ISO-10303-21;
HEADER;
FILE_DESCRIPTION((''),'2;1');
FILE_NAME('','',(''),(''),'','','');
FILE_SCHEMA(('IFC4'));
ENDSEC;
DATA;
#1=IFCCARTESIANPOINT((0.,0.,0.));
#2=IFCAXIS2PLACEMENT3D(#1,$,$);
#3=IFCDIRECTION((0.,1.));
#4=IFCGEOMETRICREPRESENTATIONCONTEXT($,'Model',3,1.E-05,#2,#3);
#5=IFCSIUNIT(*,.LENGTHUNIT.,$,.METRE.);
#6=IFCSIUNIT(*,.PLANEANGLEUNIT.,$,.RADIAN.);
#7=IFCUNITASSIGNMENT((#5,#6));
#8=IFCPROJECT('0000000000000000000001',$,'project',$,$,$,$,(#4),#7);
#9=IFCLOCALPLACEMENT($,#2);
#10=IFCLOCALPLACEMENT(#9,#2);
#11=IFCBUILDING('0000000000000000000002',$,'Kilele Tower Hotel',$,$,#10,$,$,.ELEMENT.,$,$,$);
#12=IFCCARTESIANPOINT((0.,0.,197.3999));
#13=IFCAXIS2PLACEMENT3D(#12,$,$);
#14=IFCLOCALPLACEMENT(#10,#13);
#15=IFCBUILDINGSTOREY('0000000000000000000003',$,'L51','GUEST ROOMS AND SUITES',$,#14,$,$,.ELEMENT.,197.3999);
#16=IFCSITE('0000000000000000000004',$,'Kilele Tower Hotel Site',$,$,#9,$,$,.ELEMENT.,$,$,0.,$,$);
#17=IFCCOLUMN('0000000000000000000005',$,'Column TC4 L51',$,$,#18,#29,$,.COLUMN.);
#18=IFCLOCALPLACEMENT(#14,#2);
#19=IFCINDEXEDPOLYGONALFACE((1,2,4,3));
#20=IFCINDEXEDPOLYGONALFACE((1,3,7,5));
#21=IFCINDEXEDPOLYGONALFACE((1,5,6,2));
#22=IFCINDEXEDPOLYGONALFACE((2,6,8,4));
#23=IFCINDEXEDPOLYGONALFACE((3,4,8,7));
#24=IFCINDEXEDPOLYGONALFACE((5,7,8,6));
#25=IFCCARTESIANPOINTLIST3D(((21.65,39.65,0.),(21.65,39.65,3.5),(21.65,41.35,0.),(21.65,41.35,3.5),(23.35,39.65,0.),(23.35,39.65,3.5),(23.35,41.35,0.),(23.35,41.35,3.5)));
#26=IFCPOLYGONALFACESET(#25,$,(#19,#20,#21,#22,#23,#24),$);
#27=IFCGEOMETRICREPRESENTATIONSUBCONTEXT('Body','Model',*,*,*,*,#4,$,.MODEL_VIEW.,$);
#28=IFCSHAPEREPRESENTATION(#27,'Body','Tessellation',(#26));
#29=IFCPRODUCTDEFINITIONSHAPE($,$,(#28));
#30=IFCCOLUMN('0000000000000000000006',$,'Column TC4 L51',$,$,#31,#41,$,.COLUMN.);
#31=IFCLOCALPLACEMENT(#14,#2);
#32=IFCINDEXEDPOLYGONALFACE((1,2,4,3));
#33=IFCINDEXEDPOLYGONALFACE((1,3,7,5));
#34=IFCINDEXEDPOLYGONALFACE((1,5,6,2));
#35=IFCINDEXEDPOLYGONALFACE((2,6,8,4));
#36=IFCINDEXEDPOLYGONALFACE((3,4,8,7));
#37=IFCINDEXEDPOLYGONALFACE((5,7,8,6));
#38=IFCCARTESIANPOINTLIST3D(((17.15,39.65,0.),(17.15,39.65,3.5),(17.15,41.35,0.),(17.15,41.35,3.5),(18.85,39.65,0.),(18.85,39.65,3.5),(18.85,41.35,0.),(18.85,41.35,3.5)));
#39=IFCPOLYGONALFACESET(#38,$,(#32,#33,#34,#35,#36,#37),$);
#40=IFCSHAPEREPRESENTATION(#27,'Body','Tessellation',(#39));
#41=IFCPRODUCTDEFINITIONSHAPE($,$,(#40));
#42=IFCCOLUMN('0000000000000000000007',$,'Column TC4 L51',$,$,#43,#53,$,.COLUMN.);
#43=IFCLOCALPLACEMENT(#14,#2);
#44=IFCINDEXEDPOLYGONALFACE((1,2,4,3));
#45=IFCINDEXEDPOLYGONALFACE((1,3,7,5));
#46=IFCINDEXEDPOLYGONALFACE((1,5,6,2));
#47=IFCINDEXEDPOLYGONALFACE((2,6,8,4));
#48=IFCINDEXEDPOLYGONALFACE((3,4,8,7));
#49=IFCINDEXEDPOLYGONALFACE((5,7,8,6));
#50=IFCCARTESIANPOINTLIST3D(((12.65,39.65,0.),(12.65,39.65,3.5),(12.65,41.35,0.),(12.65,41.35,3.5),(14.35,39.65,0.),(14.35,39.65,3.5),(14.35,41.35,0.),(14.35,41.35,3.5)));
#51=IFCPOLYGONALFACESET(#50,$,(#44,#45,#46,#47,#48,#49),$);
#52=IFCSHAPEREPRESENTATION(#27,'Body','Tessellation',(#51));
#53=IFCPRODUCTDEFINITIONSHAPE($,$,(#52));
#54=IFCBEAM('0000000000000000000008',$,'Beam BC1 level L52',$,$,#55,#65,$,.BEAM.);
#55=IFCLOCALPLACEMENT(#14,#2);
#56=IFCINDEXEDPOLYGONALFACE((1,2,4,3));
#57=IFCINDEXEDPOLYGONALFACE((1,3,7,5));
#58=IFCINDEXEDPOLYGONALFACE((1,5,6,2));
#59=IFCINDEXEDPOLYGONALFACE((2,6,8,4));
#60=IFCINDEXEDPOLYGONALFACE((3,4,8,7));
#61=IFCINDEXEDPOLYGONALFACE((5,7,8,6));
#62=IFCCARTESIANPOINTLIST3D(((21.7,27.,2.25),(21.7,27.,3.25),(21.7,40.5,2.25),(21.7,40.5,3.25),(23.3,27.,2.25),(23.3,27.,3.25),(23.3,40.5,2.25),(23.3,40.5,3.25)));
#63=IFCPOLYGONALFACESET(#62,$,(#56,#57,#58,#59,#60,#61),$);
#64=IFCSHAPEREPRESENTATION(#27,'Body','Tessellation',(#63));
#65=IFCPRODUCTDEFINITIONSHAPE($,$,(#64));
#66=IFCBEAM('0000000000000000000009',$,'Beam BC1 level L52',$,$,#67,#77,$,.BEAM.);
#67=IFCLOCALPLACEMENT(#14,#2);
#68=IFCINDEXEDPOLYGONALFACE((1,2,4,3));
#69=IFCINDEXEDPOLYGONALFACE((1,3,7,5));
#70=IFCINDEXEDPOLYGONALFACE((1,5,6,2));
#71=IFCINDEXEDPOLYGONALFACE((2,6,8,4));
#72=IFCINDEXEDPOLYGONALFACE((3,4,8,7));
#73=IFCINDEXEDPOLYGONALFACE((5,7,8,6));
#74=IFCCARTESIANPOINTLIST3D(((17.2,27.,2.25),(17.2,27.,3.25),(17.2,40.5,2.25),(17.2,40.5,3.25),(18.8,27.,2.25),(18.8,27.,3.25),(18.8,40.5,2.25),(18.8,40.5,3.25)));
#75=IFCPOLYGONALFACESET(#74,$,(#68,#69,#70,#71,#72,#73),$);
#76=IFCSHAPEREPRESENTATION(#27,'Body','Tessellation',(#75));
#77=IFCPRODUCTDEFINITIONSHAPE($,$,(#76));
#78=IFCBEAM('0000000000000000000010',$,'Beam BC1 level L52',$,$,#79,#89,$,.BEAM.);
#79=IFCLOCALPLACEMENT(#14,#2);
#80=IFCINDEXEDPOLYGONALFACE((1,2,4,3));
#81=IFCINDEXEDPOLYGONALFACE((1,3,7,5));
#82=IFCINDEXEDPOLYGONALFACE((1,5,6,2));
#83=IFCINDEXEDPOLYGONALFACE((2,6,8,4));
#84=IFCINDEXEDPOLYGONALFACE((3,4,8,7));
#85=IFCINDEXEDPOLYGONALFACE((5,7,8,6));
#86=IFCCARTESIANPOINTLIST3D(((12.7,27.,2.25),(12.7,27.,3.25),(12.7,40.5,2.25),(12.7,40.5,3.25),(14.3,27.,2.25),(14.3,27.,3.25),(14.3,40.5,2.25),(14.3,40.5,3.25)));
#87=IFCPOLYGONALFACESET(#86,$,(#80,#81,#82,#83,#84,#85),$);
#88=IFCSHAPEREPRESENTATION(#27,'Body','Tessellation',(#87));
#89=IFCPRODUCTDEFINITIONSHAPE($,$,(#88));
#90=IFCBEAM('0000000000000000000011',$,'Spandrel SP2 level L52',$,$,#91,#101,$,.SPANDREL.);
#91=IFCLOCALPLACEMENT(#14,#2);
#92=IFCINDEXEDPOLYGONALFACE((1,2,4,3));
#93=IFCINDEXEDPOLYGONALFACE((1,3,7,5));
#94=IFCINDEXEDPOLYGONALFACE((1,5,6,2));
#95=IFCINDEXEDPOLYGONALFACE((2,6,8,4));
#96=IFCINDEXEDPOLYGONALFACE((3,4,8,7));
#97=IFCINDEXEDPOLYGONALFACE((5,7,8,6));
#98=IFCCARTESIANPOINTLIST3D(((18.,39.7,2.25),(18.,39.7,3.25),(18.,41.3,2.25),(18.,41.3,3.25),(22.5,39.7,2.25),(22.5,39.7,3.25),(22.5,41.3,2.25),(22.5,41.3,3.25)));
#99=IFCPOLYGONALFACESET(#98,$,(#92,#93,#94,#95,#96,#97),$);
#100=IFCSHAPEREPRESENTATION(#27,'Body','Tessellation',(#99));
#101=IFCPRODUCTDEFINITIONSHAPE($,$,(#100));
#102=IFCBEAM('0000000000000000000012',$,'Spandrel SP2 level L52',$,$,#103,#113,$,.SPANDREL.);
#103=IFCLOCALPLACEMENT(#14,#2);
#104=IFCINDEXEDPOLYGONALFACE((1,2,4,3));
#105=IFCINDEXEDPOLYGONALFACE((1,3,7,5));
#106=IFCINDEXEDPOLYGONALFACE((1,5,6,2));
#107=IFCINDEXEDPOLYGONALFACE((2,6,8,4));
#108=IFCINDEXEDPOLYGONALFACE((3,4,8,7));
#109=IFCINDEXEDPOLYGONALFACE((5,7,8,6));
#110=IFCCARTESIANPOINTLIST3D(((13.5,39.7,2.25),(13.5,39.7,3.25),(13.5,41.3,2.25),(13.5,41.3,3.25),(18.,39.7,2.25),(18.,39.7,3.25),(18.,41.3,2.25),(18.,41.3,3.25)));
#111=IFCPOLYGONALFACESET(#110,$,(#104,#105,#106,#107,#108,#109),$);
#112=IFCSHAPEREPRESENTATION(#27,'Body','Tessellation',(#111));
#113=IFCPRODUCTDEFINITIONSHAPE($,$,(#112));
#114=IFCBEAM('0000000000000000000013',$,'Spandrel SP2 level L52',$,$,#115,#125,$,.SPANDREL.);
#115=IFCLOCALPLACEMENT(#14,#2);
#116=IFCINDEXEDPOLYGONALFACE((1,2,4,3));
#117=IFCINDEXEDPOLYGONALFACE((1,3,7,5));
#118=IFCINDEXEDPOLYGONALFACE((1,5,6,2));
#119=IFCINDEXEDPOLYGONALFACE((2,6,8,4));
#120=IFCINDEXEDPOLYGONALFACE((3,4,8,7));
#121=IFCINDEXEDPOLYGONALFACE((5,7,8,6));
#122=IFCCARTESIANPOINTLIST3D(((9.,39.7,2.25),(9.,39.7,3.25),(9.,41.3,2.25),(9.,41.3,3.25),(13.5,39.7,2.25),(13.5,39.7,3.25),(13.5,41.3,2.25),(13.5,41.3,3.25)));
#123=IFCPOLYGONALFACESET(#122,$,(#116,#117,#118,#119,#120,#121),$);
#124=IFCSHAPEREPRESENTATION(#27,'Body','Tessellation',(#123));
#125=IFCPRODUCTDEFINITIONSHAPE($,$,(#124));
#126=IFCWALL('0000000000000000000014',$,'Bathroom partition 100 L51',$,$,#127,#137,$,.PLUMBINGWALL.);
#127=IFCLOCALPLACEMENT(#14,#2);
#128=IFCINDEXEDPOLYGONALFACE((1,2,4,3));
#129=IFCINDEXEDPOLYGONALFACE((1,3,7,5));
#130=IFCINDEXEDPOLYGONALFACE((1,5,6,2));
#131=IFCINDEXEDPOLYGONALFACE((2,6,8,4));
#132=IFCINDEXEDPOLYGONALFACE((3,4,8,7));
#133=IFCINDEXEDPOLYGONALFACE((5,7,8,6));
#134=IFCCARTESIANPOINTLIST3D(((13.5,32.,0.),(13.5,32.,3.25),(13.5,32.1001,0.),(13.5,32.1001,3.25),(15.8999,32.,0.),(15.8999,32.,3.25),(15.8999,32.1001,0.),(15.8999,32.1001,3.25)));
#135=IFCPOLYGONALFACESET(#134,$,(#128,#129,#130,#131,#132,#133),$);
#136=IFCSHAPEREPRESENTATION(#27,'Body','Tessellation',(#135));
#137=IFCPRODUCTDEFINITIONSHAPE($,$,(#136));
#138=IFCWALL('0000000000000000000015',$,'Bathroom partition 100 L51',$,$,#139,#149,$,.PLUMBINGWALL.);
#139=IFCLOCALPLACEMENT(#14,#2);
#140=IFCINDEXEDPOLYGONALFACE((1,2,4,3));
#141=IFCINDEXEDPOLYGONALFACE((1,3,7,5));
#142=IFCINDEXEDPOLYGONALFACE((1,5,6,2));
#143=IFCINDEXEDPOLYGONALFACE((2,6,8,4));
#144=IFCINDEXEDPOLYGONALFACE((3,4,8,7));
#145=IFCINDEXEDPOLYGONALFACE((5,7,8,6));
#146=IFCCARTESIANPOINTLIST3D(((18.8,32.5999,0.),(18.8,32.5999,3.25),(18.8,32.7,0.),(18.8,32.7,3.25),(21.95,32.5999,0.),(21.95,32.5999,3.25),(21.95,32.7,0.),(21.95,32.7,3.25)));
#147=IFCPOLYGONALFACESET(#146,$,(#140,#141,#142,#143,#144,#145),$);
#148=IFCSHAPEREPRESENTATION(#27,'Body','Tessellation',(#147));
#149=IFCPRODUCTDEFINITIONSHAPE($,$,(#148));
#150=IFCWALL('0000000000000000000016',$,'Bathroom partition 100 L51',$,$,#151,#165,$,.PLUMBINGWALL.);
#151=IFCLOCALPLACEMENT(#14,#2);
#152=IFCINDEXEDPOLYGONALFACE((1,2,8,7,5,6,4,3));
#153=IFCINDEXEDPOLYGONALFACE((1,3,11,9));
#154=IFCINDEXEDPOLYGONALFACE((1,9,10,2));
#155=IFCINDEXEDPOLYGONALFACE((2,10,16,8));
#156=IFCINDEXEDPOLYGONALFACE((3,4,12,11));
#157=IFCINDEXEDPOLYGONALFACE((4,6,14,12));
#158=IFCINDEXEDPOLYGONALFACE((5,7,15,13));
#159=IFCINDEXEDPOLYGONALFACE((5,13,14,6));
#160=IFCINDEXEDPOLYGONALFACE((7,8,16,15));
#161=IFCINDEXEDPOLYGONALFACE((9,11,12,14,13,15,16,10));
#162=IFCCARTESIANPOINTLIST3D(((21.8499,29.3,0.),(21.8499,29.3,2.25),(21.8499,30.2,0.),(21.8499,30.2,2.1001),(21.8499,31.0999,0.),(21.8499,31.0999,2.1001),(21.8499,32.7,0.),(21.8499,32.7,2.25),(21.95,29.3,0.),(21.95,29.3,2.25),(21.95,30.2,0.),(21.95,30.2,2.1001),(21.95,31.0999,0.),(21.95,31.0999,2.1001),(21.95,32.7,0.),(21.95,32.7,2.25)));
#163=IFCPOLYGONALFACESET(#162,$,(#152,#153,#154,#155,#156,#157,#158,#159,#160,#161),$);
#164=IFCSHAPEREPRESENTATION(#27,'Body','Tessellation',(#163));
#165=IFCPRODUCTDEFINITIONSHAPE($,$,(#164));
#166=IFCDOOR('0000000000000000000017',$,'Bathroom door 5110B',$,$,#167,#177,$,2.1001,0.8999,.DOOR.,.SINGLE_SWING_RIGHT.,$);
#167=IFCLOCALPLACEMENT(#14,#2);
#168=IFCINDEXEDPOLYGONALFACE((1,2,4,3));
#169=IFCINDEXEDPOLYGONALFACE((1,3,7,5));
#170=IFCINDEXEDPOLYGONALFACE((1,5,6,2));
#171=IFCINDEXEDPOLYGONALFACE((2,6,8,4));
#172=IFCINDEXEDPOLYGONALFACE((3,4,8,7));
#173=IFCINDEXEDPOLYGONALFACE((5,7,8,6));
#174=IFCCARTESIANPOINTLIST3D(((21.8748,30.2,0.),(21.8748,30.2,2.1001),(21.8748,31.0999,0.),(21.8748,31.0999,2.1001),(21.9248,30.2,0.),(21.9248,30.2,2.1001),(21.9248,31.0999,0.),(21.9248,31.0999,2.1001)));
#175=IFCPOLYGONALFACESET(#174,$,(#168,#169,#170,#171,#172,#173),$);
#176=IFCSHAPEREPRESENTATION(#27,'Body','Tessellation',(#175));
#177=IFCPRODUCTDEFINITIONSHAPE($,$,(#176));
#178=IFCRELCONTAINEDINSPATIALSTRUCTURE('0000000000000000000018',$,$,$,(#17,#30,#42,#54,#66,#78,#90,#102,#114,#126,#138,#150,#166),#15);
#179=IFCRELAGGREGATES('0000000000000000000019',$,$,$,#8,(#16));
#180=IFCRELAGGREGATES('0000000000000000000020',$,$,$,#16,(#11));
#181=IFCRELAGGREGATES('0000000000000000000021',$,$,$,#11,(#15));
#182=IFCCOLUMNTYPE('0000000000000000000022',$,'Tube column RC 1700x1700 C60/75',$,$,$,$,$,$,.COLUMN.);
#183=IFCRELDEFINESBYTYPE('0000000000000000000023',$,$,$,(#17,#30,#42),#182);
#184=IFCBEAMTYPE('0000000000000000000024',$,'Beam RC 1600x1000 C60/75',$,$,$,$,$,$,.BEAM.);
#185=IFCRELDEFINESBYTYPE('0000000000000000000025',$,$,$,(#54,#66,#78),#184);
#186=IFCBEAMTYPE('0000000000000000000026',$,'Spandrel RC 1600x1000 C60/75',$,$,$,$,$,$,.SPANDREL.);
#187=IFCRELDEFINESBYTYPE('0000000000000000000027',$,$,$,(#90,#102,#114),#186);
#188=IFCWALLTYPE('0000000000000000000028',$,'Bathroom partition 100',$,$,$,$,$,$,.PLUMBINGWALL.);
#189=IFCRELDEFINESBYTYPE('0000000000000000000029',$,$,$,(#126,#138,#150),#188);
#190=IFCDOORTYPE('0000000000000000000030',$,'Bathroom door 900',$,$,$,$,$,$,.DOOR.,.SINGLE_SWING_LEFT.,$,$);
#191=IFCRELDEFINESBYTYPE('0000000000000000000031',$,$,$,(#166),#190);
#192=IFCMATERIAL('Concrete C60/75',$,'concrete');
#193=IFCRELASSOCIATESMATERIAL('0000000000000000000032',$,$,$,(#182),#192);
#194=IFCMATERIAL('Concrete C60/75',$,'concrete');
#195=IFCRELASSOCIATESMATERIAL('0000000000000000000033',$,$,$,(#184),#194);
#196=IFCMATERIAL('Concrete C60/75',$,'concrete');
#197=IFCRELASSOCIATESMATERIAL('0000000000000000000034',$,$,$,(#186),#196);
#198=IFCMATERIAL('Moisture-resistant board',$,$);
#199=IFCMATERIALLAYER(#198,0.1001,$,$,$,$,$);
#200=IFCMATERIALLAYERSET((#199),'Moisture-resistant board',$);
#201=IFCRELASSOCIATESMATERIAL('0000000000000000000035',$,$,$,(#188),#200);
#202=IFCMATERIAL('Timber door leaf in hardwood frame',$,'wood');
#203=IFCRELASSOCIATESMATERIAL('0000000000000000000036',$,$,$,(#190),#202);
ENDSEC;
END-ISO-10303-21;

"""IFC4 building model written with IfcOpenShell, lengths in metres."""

from ifc_helpers import new_model, si_unit, direction, frame, frame_2d, origin, origin_2d, place, context, subcontext, project, spatial, rectangle, extrude, material, layer, layer_set, material_profile, profile_set, type_object, element, fill, save


model = new_model("IFC4")

# Units and contexts
model_context = context("Model", 3, precision=1e-05, world=origin(), true_north=direction((0.0, 1.0)))
body_context = subcontext(model_context, "Body", "Model", "MODEL_VIEW")
ifc_project = project(units=[si_unit("LENGTHUNIT", "METRE"), si_unit("PLANEANGLEUNIT", "RADIAN")], contexts=[model_context])

# Site, building, storey
site_placement = place(None, origin())
site = spatial("IfcSite", under=ifc_project, at=site_placement, Name="Kilele Tower Hotel Site", CompositionType="ELEMENT", RefElevation=0.0)
building_placement = place(site_placement, origin())
building = spatial("IfcBuilding", under=site, at=building_placement, Name="Kilele Tower Hotel", CompositionType="ELEMENT")
storey_placement = place(building_placement, frame((0.0, 0.0, 197.3999)))
storey = spatial("IfcBuildingStorey", under=building, at=storey_placement, Name="L51", Description="GUEST ROOMS AND SUITES", CompositionType="ELEMENT", Elevation=197.3999)

# Columns
ifc_material_1 = material(Name="Concrete C60/75", Category="concrete")
ifc_material_profile_1 = material_profile(ifc_material_1, rectangle(XDim=1.7, YDim=1.7, at=origin_2d()))
ifc_profile_set_1 = profile_set([ifc_material_profile_1], Name="Concrete C60/75")
column_type = type_object("IfcColumnType", Name="Tube column RC 1700x1700 C60/75", PredefinedType="COLUMN", material=ifc_profile_set_1)
for number, where, z_axis, x_axis, name in (
    (1, (22.5, 40.5, 0.0), (0.0, 0.0, 1.0), (1.0, 0.0, 0.0), "Column TC4 L51"),
    (2, (18.0, 40.5, 0.0), (0.0, 0.0, 1.0), (1.0, 0.0, 0.0), "Column TC4 L51"),
    (3, (13.5, 40.5, 0.0), (0.0, 0.0, 1.0), (1.0, 0.0, 0.0), "Column TC4 L51"),
):
    element("IfcColumn", number, at=place(storey_placement, frame(where, z_axis=z_axis, x_axis=x_axis)), inside=storey, type_object=column_type, Name=name, PredefinedType="COLUMN", context=body_context, shape_type="SweptSolid", body=[
        extrude(rectangle(XDim=1.7, YDim=1.7, at=origin_2d()), origin(), (0.0, 0.0, 1.0), 3.5),
    ])

# Beams
ifc_material_2 = material(Name="Concrete C60/75", Category="concrete")
ifc_material_profile_2 = material_profile(ifc_material_2, rectangle(XDim=1.6001, YDim=1.0, at=origin_2d()))
ifc_profile_set_2 = profile_set([ifc_material_profile_2], Name="Concrete C60/75")
beam_type_1 = type_object("IfcBeamType", Name="Beam RC 1600x1000 C60/75", PredefinedType="BEAM", material=ifc_profile_set_2)
for number, where, z_axis, x_axis, name in (
    (4, (22.5, 40.5, 2.75), (0.0, -1.0, 0.0), (1.0, 0.0, 0.0), "Beam BC1 level L52"),
    (5, (18.0, 40.5, 2.75), (0.0, -1.0, 0.0), (1.0, 0.0, 0.0), "Beam BC1 level L52"),
    (6, (13.5, 40.5, 2.75), (0.0, -1.0, 0.0), (1.0, 0.0, 0.0), "Beam BC1 level L52"),
):
    element("IfcBeam", number, at=place(storey_placement, frame(where, z_axis=z_axis, x_axis=x_axis)), inside=storey, type_object=beam_type_1, Name=name, PredefinedType="BEAM", context=body_context, shape_type="SweptSolid", body=[
        extrude(rectangle(XDim=1.6001, YDim=1.0, at=origin_2d()), origin(), (0.0, 0.0, 1.0), 13.5),
    ])
ifc_material_3 = material(Name="Concrete C60/75", Category="concrete")
ifc_material_profile_3 = material_profile(ifc_material_3, rectangle(XDim=1.6001, YDim=1.0, at=origin_2d()))
ifc_profile_set_3 = profile_set([ifc_material_profile_3], Name="Concrete C60/75")
beam_type_2 = type_object("IfcBeamType", Name="Spandrel RC 1600x1000 C60/75", PredefinedType="SPANDREL", material=ifc_profile_set_3)
for number, where, z_axis, x_axis, name in (
    (7, (22.5, 40.5, 2.75), (-1.0, 0.0, 0.0), (0.0, -1.0, 0.0), "Spandrel SP2 level L52"),
    (8, (18.0, 40.5, 2.75), (-1.0, 0.0, 0.0), (0.0, -1.0, 0.0), "Spandrel SP2 level L52"),
    (9, (13.5, 40.5, 2.75), (-1.0, 0.0, 0.0), (0.0, -1.0, 0.0), "Spandrel SP2 level L52"),
):
    element("IfcBeam", number, at=place(storey_placement, frame(where, z_axis=z_axis, x_axis=x_axis)), inside=storey, type_object=beam_type_2, Name=name, PredefinedType="SPANDREL", context=body_context, shape_type="SweptSolid", body=[
        extrude(rectangle(XDim=1.6001, YDim=1.0, at=origin_2d()), origin(), (0.0, 0.0, 1.0), 4.5),
    ])

# Walls
ifc_material_4 = material(Name="Moisture-resistant board")
ifc_layer_1 = layer(ifc_material_4, 0.1001)
ifc_layer_set_1 = layer_set([ifc_layer_1], Name="Moisture-resistant board")
wall_type_1 = type_object("IfcWallType", Name="Bathroom partition 100", PredefinedType="PLUMBINGWALL", material=ifc_layer_set_1)
wall_1_placement = place(storey_placement, frame((13.5, 32.05, 0.0), z_axis=(0.0, 0.0, 1.0), x_axis=(1.0, 0.0, 0.0)))
element("IfcWall", 10, at=wall_1_placement, inside=storey, type_object=wall_type_1, Name="Bathroom partition 100 L51", PredefinedType="PLUMBINGWALL", context=body_context, shape_type="SweptSolid", body=[
    extrude(rectangle(XDim=2.3999, YDim=0.1001, at=frame_2d((1.2, 0.0))), origin(), (0.0, 0.0, 1.0), 3.25),
])
wall_2_placement = place(storey_placement, frame((18.8, 32.6499, 0.0), z_axis=(0.0, 0.0, 1.0), x_axis=(1.0, 0.0, 0.0)))
element("IfcWall", 11, at=wall_2_placement, inside=storey, type_object=wall_type_1, Name="Bathroom partition 100 L51", PredefinedType="PLUMBINGWALL", context=body_context, shape_type="SweptSolid", body=[
    extrude(rectangle(XDim=3.1499, YDim=0.1001, at=frame_2d((1.575, 0.0))), origin(), (0.0, 0.0, 1.0), 3.25),
])

# Wall, opening, door
wall_3_placement = place(storey_placement, frame((21.8999, 29.3, 0.0), z_axis=(0.0, 0.0, 1.0), x_axis=(0.0, 1.0, 0.0)))
wall_3 = element("IfcWall", 12, at=wall_3_placement, inside=storey, type_object=wall_type_1, Name="Bathroom partition 100 L51", PredefinedType="PLUMBINGWALL", context=body_context, shape_type="SweptSolid", body=[
    extrude(rectangle(XDim=3.3999, YDim=0.1001, at=frame_2d((1.7, 0.0))), origin(), (0.0, 0.0, 1.0), 2.25),
])
opening_1_placement = place(wall_3_placement, frame((1.7998, 0.0, 0.0), z_axis=(0.0, 0.0, 1.0), x_axis=(-1.0, 0.0, 0.0)))
opening_1 = element("IfcOpeningElement", 13, at=opening_1_placement, cuts=wall_3, PredefinedType="OPENING", context=body_context, shape_type="SweptSolid", body=[
    extrude(rectangle(XDim=0.8999, YDim=2.1001, at=frame_2d((0.45, 1.05))), frame((0.0, 0.0601, 0.0), z_axis=(0.0, -1.0, 0.0), x_axis=(1.0, 0.0, 0.0)), (0.0, 0.0, 1.0), 0.1201),
])
ifc_material_5 = material(Name="Timber door leaf in hardwood frame", Category="wood")
door_type_1 = type_object("IfcDoorType", Name="Bathroom door 900", OperationType="SINGLE_SWING_LEFT", PredefinedType="DOOR", material=ifc_material_5)
door_1_placement = place(opening_1_placement, origin())
door_1 = element("IfcDoor", 14, at=door_1_placement, inside=storey, type_object=door_type_1, Name="Bathroom door 5110B", OperationType="SINGLE_SWING_RIGHT", OverallHeight=2.1001, OverallWidth=0.8999, PredefinedType="DOOR", context=body_context, shape_type="SweptSolid", body=[
    extrude(rectangle(XDim=0.8999, YDim=2.1001, at=frame_2d((0.45, 1.05))), frame((0.0, 0.0249, 0.0), z_axis=(0.0, -1.0, 0.0), x_axis=(1.0, 0.0, 0.0)), (0.0, 0.0, 1.0), 0.05),
])
fill(opening_1, door_1)

save(model, "model.ifc")
